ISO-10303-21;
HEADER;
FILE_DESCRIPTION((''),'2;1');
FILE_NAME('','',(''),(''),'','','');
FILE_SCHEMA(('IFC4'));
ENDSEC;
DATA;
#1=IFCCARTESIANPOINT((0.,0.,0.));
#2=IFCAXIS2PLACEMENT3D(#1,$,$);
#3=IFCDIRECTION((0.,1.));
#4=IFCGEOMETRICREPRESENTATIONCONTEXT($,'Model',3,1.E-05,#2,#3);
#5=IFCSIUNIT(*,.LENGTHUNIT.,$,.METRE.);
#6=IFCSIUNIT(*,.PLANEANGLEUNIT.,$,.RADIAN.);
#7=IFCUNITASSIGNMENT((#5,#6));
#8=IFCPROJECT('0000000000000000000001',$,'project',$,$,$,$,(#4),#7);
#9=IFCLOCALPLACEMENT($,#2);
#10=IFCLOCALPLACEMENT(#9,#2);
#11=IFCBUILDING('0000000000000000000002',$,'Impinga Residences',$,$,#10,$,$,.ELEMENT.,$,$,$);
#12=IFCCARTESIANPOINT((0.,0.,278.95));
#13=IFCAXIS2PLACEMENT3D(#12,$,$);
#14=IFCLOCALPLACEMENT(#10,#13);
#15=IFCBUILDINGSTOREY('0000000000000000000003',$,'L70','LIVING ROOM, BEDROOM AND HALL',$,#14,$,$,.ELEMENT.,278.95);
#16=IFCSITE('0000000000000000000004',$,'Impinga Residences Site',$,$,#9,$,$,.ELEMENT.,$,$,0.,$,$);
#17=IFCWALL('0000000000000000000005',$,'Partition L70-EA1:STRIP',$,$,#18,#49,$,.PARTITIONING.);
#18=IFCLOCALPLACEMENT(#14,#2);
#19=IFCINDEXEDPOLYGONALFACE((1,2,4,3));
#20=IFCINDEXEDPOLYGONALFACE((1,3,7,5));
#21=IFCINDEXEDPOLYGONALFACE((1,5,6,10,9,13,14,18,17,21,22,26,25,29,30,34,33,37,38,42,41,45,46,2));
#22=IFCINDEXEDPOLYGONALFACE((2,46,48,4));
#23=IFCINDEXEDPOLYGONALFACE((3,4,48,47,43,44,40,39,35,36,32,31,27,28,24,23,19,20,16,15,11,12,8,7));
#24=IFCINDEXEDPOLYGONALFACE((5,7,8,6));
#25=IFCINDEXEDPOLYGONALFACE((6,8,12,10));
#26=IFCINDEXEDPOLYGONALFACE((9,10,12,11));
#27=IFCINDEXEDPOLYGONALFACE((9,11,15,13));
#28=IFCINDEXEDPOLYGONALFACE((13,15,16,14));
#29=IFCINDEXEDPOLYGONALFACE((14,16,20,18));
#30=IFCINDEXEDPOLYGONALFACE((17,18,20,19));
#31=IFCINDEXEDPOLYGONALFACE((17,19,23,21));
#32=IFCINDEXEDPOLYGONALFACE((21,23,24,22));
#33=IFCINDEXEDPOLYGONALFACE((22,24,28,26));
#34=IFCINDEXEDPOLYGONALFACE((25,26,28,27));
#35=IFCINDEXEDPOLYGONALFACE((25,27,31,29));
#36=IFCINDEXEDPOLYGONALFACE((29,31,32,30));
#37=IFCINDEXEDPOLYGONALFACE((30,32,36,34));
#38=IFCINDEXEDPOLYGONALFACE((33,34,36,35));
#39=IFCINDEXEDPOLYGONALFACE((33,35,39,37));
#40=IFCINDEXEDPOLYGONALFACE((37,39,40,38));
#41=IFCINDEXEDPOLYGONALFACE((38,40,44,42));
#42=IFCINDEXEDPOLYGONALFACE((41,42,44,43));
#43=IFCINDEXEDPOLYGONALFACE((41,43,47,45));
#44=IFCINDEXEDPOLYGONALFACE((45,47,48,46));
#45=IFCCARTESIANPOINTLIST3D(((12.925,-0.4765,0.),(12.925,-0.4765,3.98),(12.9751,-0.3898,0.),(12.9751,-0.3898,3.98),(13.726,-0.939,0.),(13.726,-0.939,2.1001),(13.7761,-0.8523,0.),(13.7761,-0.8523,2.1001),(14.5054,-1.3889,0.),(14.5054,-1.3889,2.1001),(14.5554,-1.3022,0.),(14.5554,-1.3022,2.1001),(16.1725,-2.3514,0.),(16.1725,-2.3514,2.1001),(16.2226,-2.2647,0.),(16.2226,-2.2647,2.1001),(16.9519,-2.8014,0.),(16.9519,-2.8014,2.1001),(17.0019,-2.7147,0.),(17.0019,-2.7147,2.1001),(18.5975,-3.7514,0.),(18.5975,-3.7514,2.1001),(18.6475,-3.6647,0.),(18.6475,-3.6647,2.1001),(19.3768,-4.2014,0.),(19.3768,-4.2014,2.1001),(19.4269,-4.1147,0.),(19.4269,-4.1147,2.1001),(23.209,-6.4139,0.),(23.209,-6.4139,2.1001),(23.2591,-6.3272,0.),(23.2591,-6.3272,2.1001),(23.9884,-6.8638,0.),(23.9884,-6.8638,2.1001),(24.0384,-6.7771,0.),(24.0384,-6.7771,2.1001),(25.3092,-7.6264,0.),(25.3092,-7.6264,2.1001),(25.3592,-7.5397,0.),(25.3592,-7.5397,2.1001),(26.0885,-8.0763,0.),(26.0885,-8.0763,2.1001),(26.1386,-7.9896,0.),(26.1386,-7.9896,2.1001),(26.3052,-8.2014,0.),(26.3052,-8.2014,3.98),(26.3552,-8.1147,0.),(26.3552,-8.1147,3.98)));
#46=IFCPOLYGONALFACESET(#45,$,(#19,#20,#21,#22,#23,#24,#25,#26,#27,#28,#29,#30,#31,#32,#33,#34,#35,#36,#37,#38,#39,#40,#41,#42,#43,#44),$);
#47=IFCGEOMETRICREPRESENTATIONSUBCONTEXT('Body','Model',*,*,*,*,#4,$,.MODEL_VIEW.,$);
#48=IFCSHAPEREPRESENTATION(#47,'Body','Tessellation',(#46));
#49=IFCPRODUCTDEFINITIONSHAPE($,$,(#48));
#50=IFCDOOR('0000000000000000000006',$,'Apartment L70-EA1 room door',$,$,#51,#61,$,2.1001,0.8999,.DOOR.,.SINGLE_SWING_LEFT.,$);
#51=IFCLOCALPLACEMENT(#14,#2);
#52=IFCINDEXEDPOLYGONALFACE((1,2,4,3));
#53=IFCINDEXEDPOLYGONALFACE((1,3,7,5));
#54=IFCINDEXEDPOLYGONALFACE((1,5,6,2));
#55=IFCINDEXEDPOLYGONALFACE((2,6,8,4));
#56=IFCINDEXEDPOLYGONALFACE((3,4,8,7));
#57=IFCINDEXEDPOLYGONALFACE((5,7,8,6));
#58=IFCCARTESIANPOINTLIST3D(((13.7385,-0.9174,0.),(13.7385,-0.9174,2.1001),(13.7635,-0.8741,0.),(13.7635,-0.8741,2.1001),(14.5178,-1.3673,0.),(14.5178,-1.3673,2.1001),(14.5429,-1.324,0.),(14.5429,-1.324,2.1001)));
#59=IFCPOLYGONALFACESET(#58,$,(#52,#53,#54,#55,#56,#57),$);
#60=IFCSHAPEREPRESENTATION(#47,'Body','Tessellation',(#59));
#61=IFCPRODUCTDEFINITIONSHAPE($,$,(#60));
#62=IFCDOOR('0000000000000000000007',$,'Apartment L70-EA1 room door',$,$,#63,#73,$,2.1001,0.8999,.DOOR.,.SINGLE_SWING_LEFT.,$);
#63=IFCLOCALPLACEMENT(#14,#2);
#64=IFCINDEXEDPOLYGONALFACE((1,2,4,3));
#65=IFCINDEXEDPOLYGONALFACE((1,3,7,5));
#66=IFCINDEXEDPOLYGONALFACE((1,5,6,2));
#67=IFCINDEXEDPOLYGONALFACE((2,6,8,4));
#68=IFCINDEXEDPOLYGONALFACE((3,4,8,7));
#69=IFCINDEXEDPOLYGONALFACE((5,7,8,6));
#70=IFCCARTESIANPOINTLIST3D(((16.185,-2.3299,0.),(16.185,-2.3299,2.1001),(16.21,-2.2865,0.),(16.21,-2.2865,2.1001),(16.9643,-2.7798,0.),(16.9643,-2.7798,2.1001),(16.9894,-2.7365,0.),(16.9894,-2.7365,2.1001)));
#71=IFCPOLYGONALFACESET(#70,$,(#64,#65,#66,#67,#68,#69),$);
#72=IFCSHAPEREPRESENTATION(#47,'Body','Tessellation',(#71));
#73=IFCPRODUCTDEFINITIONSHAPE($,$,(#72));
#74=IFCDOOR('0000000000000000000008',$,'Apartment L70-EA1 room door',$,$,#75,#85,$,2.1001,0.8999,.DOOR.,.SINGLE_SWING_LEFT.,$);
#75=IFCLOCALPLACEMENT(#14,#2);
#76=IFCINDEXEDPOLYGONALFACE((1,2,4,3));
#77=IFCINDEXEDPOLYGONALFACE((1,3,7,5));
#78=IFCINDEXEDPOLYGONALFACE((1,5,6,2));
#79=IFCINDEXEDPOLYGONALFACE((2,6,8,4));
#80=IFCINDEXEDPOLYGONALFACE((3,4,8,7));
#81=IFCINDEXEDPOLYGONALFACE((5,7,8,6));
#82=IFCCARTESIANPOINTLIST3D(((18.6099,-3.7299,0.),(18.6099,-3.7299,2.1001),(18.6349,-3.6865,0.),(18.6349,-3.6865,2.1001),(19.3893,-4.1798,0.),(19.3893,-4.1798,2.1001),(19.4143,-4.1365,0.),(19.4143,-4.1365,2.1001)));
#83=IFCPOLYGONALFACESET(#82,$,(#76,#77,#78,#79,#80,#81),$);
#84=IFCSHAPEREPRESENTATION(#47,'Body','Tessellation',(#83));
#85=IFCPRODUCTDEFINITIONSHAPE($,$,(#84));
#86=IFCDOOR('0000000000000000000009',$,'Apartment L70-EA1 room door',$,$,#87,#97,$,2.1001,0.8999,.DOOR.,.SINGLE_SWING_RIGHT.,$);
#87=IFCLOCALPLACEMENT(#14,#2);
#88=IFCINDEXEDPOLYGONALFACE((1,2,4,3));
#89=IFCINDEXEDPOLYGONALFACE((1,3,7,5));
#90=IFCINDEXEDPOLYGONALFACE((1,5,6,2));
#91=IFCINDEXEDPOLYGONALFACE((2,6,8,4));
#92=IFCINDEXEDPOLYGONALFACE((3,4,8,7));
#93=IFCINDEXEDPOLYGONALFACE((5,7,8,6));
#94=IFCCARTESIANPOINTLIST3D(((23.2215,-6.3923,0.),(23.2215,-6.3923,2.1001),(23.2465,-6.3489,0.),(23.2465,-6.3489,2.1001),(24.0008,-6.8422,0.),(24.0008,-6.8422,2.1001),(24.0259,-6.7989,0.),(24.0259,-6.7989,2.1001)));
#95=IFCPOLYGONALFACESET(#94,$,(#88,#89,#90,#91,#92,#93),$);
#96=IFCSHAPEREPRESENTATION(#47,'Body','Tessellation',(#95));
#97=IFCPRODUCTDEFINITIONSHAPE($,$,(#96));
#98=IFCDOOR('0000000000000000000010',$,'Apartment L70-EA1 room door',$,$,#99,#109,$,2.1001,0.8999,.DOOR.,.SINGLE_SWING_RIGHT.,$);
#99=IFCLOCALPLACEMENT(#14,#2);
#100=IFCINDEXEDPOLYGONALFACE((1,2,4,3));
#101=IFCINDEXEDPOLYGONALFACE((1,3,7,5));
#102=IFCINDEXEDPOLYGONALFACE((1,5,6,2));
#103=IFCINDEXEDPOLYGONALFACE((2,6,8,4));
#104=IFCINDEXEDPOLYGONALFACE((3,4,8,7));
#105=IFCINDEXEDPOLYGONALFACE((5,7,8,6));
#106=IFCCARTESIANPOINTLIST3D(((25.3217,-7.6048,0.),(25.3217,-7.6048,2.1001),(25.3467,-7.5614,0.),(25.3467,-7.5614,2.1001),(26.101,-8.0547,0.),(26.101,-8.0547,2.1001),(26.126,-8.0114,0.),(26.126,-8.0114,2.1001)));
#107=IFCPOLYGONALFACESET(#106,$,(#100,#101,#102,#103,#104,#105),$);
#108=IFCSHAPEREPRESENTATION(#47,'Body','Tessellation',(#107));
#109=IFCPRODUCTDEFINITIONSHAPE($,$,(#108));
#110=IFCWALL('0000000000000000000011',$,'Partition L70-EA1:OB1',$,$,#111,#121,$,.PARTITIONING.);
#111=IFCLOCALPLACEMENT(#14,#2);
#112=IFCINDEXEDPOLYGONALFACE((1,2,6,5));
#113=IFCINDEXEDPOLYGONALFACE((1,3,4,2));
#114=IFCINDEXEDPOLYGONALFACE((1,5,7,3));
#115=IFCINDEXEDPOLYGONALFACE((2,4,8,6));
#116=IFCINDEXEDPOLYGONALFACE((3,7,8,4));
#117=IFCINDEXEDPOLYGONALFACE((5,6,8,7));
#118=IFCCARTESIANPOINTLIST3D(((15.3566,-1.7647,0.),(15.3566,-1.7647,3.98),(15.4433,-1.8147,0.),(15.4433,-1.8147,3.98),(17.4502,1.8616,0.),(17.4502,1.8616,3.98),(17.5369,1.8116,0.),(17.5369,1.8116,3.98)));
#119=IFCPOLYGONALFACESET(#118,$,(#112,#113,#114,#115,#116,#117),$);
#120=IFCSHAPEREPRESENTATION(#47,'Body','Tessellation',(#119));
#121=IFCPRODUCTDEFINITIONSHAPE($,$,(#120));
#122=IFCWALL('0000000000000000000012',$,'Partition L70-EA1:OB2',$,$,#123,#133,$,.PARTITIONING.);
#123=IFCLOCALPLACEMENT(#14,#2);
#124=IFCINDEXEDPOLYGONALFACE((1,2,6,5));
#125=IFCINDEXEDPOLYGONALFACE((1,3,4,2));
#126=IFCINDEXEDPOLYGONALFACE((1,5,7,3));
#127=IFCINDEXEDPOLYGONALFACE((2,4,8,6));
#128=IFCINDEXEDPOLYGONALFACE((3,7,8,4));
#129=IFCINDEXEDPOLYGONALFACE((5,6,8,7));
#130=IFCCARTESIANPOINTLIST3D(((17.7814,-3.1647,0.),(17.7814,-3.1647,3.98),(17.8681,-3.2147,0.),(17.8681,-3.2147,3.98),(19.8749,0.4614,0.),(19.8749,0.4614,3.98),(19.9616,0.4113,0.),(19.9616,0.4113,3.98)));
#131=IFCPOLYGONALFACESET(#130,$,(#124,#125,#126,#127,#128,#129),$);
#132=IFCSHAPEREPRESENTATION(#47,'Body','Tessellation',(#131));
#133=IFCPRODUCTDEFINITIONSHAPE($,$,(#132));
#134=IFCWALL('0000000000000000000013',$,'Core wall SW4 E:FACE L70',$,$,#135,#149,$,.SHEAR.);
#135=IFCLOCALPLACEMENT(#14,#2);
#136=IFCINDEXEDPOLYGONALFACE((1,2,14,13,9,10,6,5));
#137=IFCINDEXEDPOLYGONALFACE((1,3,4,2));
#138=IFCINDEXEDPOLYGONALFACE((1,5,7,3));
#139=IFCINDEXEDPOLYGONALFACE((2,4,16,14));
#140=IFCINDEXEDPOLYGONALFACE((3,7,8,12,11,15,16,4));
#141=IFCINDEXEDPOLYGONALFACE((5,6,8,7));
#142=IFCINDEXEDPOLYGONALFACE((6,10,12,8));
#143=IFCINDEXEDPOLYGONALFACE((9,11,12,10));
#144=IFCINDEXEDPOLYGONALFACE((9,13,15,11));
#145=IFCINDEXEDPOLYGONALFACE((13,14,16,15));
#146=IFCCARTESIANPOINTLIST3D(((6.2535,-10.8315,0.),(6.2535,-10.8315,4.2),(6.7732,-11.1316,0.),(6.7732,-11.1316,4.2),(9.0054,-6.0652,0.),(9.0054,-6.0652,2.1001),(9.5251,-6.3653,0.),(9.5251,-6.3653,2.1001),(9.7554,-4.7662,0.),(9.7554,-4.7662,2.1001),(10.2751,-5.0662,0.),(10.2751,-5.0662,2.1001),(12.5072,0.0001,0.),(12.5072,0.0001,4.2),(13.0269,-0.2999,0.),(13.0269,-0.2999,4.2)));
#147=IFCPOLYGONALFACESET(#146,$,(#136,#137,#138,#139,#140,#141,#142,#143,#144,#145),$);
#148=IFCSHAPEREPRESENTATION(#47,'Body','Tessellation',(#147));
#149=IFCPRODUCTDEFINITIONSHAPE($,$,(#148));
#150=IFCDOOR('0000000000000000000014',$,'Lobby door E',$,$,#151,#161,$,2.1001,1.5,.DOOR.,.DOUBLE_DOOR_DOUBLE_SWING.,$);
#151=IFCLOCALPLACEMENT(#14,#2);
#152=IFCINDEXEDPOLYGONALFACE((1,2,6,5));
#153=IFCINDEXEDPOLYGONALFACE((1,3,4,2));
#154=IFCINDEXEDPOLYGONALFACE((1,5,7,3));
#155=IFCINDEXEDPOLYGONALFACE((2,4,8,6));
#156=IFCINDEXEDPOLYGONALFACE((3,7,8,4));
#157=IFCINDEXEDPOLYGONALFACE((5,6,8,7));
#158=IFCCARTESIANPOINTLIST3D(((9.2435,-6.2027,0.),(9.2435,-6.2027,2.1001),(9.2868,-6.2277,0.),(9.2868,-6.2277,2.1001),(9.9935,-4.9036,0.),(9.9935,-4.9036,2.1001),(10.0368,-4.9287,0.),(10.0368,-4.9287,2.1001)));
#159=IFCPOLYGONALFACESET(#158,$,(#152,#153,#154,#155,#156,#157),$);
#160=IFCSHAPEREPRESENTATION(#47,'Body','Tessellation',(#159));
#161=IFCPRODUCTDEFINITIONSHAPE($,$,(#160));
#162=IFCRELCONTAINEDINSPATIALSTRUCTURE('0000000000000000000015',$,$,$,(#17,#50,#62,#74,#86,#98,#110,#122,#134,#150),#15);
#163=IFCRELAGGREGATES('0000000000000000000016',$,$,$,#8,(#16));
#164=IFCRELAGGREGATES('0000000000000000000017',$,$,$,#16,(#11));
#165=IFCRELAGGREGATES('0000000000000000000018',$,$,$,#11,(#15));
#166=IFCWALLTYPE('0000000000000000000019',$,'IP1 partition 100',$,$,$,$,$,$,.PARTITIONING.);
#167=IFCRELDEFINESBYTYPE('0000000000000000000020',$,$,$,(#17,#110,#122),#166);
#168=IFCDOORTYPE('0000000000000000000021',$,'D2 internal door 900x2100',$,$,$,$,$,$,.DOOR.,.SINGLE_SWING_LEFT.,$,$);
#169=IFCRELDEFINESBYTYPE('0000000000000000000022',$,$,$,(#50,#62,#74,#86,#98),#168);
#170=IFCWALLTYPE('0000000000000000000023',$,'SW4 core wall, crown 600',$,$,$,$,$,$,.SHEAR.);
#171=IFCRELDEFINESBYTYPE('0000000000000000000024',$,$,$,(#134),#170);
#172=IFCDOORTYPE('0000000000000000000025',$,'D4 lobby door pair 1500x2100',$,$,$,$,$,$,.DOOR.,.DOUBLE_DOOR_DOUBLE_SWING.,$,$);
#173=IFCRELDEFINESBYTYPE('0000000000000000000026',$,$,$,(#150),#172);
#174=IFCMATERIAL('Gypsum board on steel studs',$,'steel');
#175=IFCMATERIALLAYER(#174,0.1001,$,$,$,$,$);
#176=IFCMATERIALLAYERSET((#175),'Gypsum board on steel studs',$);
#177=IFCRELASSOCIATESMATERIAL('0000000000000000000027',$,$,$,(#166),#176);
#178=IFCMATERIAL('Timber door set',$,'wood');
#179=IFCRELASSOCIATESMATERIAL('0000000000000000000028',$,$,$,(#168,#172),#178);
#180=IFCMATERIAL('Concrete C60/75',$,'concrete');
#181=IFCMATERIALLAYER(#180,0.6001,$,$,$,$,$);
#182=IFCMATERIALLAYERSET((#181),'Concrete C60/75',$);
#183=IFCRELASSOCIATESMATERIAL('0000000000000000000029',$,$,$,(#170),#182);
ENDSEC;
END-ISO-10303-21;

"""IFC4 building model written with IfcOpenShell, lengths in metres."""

from ifc_helpers import new_model, si_unit, direction, frame, frame_2d, origin, place, context, subcontext, project, spatial, rectangle, extrude, material, layer, layer_set, type_object, element, fill, save


model = new_model("IFC4")

# Units and contexts
model_context = context("Model", 3, precision=1e-05, world=origin(), true_north=direction((0.0, 1.0)))
body_context = subcontext(model_context, "Body", "Model", "MODEL_VIEW")
ifc_project = project(units=[si_unit("LENGTHUNIT", "METRE"), si_unit("PLANEANGLEUNIT", "RADIAN")], contexts=[model_context])

# Site, building, storey
site_placement = place(None, origin())
site = spatial("IfcSite", under=ifc_project, at=site_placement, Name="Impinga Residences Site", CompositionType="ELEMENT", RefElevation=0.0)
building_placement = place(site_placement, origin())
building = spatial("IfcBuilding", under=site, at=building_placement, Name="Impinga Residences", CompositionType="ELEMENT")
storey_placement = place(building_placement, frame((0.0, 0.0, 278.95)))
storey = spatial("IfcBuildingStorey", under=building, at=storey_placement, Name="L70", Description="LIVING ROOM, BEDROOM AND HALL", CompositionType="ELEMENT", Elevation=278.95)

# Shared definitions
ifc_material_1 = material(Name="Gypsum board on steel studs", Category="steel")
ifc_layer_1 = layer(ifc_material_1, 0.1001)
ifc_layer_set_1 = layer_set([ifc_layer_1], Name="Gypsum board on steel studs")
wall_type_1 = type_object("IfcWallType", Name="IP1 partition 100", PredefinedType="PARTITIONING", material=ifc_layer_set_1)

# Wall, openings, doors
wall_1_placement = place(storey_placement, frame((12.95, -0.4331, 0.0), z_axis=(0.0, 0.0, 1.0), x_axis=(0.86603, -0.499992, 0.0)))
wall_1 = element("IfcWall", 1, at=wall_1_placement, inside=storey, type_object=wall_type_1, Name="Partition L70-EA1:STRIP", PredefinedType="PARTITIONING", context=body_context, shape_type="SweptSolid", body=[
    extrude(rectangle(XDim=15.45, YDim=0.1001, at=frame_2d((7.7251, 0.0))), origin(), (0.0, 0.0, 1.0), 3.98),
])
opening_1_placement = place(wall_1_placement, frame((0.925, 0.0, 0.0)))
opening_1 = element("IfcOpeningElement", 2, at=opening_1_placement, cuts=wall_1, PredefinedType="OPENING", context=body_context, shape_type="SweptSolid", body=[
    extrude(rectangle(XDim=0.8999, YDim=2.1001, at=frame_2d((0.45, 1.05))), frame((0.0, 0.0601, 0.0), z_axis=(0.0, -1.0, 0.0), x_axis=(1.0, 0.0, 0.0)), (0.0, 0.0, 1.0), 0.1201),
])
opening_2_placement = place(wall_1_placement, frame((3.75, 0.0, 0.0)))
opening_2 = element("IfcOpeningElement", 3, at=opening_2_placement, cuts=wall_1, PredefinedType="OPENING", context=body_context, shape_type="SweptSolid", body=[
    extrude(rectangle(XDim=0.8999, YDim=2.1001, at=frame_2d((0.45, 1.05))), frame((0.0, 0.0601, 0.0), z_axis=(0.0, -1.0, 0.0), x_axis=(1.0, 0.0, 0.0)), (0.0, 0.0, 1.0), 0.1201),
])
opening_3_placement = place(wall_1_placement, frame((6.55, 0.0, 0.0)))
opening_3 = element("IfcOpeningElement", 4, at=opening_3_placement, cuts=wall_1, PredefinedType="OPENING", context=body_context, shape_type="SweptSolid", body=[
    extrude(rectangle(XDim=0.8999, YDim=2.1001, at=frame_2d((0.45, 1.05))), frame((0.0, 0.0601, 0.0), z_axis=(0.0, -1.0, 0.0), x_axis=(1.0, 0.0, 0.0)), (0.0, 0.0, 1.0), 0.1201),
])
opening_4_placement = place(wall_1_placement, frame((11.875, 0.0, 0.0)))
opening_4 = element("IfcOpeningElement", 5, at=opening_4_placement, cuts=wall_1, PredefinedType="OPENING", context=body_context, shape_type="SweptSolid", body=[
    extrude(rectangle(XDim=0.8999, YDim=2.1001, at=frame_2d((0.45, 1.05))), frame((0.0, 0.0601, 0.0), z_axis=(0.0, -1.0, 0.0), x_axis=(1.0, 0.0, 0.0)), (0.0, 0.0, 1.0), 0.1201),
])
opening_5_placement = place(wall_1_placement, frame((14.3, 0.0, 0.0)))
opening_5 = element("IfcOpeningElement", 6, at=opening_5_placement, cuts=wall_1, PredefinedType="OPENING", context=body_context, shape_type="SweptSolid", body=[
    extrude(rectangle(XDim=0.8999, YDim=2.1001, at=frame_2d((0.45, 1.05))), frame((0.0, 0.0601, 0.0), z_axis=(0.0, -1.0, 0.0), x_axis=(1.0, 0.0, 0.0)), (0.0, 0.0, 1.0), 0.1201),
])
ifc_material_2 = material(Name="Timber door set", Category="wood")
door_type_1 = type_object("IfcDoorType", Name="D2 internal door 900x2100", OperationType="SINGLE_SWING_LEFT", PredefinedType="DOOR", material=ifc_material_2)
door_1_placement = place(opening_1_placement, origin())
door_1 = element("IfcDoor", 7, at=door_1_placement, inside=storey, type_object=door_type_1, Name="Apartment L70-EA1 room door", OperationType="SINGLE_SWING_LEFT", OverallHeight=2.1001, OverallWidth=0.8999, PredefinedType="DOOR", context=body_context, shape_type="SweptSolid", body=[
    extrude(rectangle(XDim=0.8999, YDim=2.1001, at=frame_2d((0.45, 1.05))), frame((0.0, 0.0249, 0.0), z_axis=(0.0, -1.0, 0.0), x_axis=(1.0, 0.0, 0.0)), (0.0, 0.0, 1.0), 0.05),
])
fill(opening_1, door_1)
door_2_placement = place(opening_2_placement, origin())
door_2 = element("IfcDoor", 8, at=door_2_placement, inside=storey, type_object=door_type_1, Name="Apartment L70-EA1 room door", OperationType="SINGLE_SWING_LEFT", OverallHeight=2.1001, OverallWidth=0.8999, PredefinedType="DOOR", context=body_context, shape_type="SweptSolid", body=[
    extrude(rectangle(XDim=0.8999, YDim=2.1001, at=frame_2d((0.45, 1.05))), frame((0.0, 0.0249, 0.0), z_axis=(0.0, -1.0, 0.0), x_axis=(1.0, 0.0, 0.0)), (0.0, 0.0, 1.0), 0.05),
])
fill(opening_2, door_2)
door_3_placement = place(opening_3_placement, origin())
door_3 = element("IfcDoor", 9, at=door_3_placement, inside=storey, type_object=door_type_1, Name="Apartment L70-EA1 room door", OperationType="SINGLE_SWING_LEFT", OverallHeight=2.1001, OverallWidth=0.8999, PredefinedType="DOOR", context=body_context, shape_type="SweptSolid", body=[
    extrude(rectangle(XDim=0.8999, YDim=2.1001, at=frame_2d((0.45, 1.05))), frame((0.0, 0.0249, 0.0), z_axis=(0.0, -1.0, 0.0), x_axis=(1.0, 0.0, 0.0)), (0.0, 0.0, 1.0), 0.05),
])
fill(opening_3, door_3)
door_4_placement = place(opening_4_placement, origin())
door_4 = element("IfcDoor", 10, at=door_4_placement, inside=storey, type_object=door_type_1, Name="Apartment L70-EA1 room door", OperationType="SINGLE_SWING_RIGHT", OverallHeight=2.1001, OverallWidth=0.8999, PredefinedType="DOOR", context=body_context, shape_type="SweptSolid", body=[
    extrude(rectangle(XDim=0.8999, YDim=2.1001, at=frame_2d((0.45, 1.05))), frame((0.0, 0.0249, 0.0), z_axis=(0.0, -1.0, 0.0), x_axis=(1.0, 0.0, 0.0)), (0.0, 0.0, 1.0), 0.05),
])
fill(opening_4, door_4)
door_5_placement = place(opening_5_placement, origin())
door_5 = element("IfcDoor", 11, at=door_5_placement, inside=storey, type_object=door_type_1, Name="Apartment L70-EA1 room door", OperationType="SINGLE_SWING_RIGHT", OverallHeight=2.1001, OverallWidth=0.8999, PredefinedType="DOOR", context=body_context, shape_type="SweptSolid", body=[
    extrude(rectangle(XDim=0.8999, YDim=2.1001, at=frame_2d((0.45, 1.05))), frame((0.0, 0.0249, 0.0), z_axis=(0.0, -1.0, 0.0), x_axis=(1.0, 0.0, 0.0)), (0.0, 0.0, 1.0), 0.05),
])
fill(opening_5, door_5)

# Walls
wall_2_placement = place(storey_placement, frame((15.3999, -1.7898, 0.0), z_axis=(0.0, 0.0, 1.0), x_axis=(0.499983, 0.866035, 0.0)))
element("IfcWall", 12, at=wall_2_placement, inside=storey, type_object=wall_type_1, Name="Partition L70-EA1:OB1", PredefinedType="PARTITIONING", context=body_context, shape_type="SweptSolid", body=[
    extrude(rectangle(XDim=4.1873, YDim=0.1001, at=frame_2d((2.0938, 0.0))), origin(), (0.0, 0.0, 1.0), 3.98),
])
wall_3_placement = place(storey_placement, frame((17.8247, -3.1897, 0.0), z_axis=(0.0, 0.0, 1.0), x_axis=(0.500008, 0.866021, 0.0)))
element("IfcWall", 13, at=wall_3_placement, inside=storey, type_object=wall_type_1, Name="Partition L70-EA1:OB2", PredefinedType="PARTITIONING", context=body_context, shape_type="SweptSolid", body=[
    extrude(rectangle(XDim=4.187, YDim=0.1001, at=frame_2d((2.0935, 0.0))), origin(), (0.0, 0.0, 1.0), 3.98),
])

# Wall, opening, door
ifc_material_3 = material(Name="Concrete C60/75", Category="concrete")
ifc_layer_2 = layer(ifc_material_3, 0.6001)
ifc_layer_set_2 = layer_set([ifc_layer_2], Name="Concrete C60/75")
wall_type_2 = type_object("IfcWallType", Name="SW4 core wall, crown 600", PredefinedType="SHEAR", material=ifc_layer_set_2)
wall_4_placement = place(storey_placement, frame((12.7671, -0.1499, 0.0), z_axis=(0.0, 0.0, 1.0), x_axis=(-0.500004, -0.866023, 0.0)))
wall_4 = element("IfcWall", 14, at=wall_4_placement, inside=storey, type_object=wall_type_2, Name="Core wall SW4 E:FACE L70", PredefinedType="SHEAR", context=body_context, shape_type="SweptSolid", body=[
    extrude(rectangle(XDim=12.5073, YDim=0.6001, at=frame_2d((6.2537, 0.0))), origin(), (0.0, 0.0, 1.0), 4.2),
])
opening_6_placement = place(wall_4_placement, frame((5.5037, 0.0, 0.0)))
opening_6 = element("IfcOpeningElement", 15, at=opening_6_placement, cuts=wall_4, PredefinedType="OPENING", context=body_context, shape_type="SweptSolid", body=[
    extrude(rectangle(XDim=1.5, YDim=2.1001, at=frame_2d((0.75, 1.05))), frame((0.0, 0.3101, 0.0), z_axis=(0.0, -1.0, 0.0), x_axis=(1.0, 0.0, 0.0)), (0.0, 0.0, 1.0), 0.6201),
])
door_type_2 = type_object("IfcDoorType", Name="D4 lobby door pair 1500x2100", OperationType="DOUBLE_DOOR_DOUBLE_SWING", PredefinedType="DOOR", material=ifc_material_2)
door_6_placement = place(opening_6_placement, origin())
door_6 = element("IfcDoor", 16, at=door_6_placement, inside=storey, type_object=door_type_2, Name="Lobby door E", OperationType="DOUBLE_DOOR_DOUBLE_SWING", OverallHeight=2.1001, OverallWidth=1.5, PredefinedType="DOOR", context=body_context, shape_type="SweptSolid", body=[
    extrude(rectangle(XDim=1.5, YDim=2.1001, at=frame_2d((0.75, 1.05))), frame((0.0, 0.0249, 0.0), z_axis=(0.0, -1.0, 0.0), x_axis=(1.0, 0.0, 0.0)), (0.0, 0.0, 1.0), 0.05),
])
fill(opening_6, door_6)

save(model, "model.ifc")
